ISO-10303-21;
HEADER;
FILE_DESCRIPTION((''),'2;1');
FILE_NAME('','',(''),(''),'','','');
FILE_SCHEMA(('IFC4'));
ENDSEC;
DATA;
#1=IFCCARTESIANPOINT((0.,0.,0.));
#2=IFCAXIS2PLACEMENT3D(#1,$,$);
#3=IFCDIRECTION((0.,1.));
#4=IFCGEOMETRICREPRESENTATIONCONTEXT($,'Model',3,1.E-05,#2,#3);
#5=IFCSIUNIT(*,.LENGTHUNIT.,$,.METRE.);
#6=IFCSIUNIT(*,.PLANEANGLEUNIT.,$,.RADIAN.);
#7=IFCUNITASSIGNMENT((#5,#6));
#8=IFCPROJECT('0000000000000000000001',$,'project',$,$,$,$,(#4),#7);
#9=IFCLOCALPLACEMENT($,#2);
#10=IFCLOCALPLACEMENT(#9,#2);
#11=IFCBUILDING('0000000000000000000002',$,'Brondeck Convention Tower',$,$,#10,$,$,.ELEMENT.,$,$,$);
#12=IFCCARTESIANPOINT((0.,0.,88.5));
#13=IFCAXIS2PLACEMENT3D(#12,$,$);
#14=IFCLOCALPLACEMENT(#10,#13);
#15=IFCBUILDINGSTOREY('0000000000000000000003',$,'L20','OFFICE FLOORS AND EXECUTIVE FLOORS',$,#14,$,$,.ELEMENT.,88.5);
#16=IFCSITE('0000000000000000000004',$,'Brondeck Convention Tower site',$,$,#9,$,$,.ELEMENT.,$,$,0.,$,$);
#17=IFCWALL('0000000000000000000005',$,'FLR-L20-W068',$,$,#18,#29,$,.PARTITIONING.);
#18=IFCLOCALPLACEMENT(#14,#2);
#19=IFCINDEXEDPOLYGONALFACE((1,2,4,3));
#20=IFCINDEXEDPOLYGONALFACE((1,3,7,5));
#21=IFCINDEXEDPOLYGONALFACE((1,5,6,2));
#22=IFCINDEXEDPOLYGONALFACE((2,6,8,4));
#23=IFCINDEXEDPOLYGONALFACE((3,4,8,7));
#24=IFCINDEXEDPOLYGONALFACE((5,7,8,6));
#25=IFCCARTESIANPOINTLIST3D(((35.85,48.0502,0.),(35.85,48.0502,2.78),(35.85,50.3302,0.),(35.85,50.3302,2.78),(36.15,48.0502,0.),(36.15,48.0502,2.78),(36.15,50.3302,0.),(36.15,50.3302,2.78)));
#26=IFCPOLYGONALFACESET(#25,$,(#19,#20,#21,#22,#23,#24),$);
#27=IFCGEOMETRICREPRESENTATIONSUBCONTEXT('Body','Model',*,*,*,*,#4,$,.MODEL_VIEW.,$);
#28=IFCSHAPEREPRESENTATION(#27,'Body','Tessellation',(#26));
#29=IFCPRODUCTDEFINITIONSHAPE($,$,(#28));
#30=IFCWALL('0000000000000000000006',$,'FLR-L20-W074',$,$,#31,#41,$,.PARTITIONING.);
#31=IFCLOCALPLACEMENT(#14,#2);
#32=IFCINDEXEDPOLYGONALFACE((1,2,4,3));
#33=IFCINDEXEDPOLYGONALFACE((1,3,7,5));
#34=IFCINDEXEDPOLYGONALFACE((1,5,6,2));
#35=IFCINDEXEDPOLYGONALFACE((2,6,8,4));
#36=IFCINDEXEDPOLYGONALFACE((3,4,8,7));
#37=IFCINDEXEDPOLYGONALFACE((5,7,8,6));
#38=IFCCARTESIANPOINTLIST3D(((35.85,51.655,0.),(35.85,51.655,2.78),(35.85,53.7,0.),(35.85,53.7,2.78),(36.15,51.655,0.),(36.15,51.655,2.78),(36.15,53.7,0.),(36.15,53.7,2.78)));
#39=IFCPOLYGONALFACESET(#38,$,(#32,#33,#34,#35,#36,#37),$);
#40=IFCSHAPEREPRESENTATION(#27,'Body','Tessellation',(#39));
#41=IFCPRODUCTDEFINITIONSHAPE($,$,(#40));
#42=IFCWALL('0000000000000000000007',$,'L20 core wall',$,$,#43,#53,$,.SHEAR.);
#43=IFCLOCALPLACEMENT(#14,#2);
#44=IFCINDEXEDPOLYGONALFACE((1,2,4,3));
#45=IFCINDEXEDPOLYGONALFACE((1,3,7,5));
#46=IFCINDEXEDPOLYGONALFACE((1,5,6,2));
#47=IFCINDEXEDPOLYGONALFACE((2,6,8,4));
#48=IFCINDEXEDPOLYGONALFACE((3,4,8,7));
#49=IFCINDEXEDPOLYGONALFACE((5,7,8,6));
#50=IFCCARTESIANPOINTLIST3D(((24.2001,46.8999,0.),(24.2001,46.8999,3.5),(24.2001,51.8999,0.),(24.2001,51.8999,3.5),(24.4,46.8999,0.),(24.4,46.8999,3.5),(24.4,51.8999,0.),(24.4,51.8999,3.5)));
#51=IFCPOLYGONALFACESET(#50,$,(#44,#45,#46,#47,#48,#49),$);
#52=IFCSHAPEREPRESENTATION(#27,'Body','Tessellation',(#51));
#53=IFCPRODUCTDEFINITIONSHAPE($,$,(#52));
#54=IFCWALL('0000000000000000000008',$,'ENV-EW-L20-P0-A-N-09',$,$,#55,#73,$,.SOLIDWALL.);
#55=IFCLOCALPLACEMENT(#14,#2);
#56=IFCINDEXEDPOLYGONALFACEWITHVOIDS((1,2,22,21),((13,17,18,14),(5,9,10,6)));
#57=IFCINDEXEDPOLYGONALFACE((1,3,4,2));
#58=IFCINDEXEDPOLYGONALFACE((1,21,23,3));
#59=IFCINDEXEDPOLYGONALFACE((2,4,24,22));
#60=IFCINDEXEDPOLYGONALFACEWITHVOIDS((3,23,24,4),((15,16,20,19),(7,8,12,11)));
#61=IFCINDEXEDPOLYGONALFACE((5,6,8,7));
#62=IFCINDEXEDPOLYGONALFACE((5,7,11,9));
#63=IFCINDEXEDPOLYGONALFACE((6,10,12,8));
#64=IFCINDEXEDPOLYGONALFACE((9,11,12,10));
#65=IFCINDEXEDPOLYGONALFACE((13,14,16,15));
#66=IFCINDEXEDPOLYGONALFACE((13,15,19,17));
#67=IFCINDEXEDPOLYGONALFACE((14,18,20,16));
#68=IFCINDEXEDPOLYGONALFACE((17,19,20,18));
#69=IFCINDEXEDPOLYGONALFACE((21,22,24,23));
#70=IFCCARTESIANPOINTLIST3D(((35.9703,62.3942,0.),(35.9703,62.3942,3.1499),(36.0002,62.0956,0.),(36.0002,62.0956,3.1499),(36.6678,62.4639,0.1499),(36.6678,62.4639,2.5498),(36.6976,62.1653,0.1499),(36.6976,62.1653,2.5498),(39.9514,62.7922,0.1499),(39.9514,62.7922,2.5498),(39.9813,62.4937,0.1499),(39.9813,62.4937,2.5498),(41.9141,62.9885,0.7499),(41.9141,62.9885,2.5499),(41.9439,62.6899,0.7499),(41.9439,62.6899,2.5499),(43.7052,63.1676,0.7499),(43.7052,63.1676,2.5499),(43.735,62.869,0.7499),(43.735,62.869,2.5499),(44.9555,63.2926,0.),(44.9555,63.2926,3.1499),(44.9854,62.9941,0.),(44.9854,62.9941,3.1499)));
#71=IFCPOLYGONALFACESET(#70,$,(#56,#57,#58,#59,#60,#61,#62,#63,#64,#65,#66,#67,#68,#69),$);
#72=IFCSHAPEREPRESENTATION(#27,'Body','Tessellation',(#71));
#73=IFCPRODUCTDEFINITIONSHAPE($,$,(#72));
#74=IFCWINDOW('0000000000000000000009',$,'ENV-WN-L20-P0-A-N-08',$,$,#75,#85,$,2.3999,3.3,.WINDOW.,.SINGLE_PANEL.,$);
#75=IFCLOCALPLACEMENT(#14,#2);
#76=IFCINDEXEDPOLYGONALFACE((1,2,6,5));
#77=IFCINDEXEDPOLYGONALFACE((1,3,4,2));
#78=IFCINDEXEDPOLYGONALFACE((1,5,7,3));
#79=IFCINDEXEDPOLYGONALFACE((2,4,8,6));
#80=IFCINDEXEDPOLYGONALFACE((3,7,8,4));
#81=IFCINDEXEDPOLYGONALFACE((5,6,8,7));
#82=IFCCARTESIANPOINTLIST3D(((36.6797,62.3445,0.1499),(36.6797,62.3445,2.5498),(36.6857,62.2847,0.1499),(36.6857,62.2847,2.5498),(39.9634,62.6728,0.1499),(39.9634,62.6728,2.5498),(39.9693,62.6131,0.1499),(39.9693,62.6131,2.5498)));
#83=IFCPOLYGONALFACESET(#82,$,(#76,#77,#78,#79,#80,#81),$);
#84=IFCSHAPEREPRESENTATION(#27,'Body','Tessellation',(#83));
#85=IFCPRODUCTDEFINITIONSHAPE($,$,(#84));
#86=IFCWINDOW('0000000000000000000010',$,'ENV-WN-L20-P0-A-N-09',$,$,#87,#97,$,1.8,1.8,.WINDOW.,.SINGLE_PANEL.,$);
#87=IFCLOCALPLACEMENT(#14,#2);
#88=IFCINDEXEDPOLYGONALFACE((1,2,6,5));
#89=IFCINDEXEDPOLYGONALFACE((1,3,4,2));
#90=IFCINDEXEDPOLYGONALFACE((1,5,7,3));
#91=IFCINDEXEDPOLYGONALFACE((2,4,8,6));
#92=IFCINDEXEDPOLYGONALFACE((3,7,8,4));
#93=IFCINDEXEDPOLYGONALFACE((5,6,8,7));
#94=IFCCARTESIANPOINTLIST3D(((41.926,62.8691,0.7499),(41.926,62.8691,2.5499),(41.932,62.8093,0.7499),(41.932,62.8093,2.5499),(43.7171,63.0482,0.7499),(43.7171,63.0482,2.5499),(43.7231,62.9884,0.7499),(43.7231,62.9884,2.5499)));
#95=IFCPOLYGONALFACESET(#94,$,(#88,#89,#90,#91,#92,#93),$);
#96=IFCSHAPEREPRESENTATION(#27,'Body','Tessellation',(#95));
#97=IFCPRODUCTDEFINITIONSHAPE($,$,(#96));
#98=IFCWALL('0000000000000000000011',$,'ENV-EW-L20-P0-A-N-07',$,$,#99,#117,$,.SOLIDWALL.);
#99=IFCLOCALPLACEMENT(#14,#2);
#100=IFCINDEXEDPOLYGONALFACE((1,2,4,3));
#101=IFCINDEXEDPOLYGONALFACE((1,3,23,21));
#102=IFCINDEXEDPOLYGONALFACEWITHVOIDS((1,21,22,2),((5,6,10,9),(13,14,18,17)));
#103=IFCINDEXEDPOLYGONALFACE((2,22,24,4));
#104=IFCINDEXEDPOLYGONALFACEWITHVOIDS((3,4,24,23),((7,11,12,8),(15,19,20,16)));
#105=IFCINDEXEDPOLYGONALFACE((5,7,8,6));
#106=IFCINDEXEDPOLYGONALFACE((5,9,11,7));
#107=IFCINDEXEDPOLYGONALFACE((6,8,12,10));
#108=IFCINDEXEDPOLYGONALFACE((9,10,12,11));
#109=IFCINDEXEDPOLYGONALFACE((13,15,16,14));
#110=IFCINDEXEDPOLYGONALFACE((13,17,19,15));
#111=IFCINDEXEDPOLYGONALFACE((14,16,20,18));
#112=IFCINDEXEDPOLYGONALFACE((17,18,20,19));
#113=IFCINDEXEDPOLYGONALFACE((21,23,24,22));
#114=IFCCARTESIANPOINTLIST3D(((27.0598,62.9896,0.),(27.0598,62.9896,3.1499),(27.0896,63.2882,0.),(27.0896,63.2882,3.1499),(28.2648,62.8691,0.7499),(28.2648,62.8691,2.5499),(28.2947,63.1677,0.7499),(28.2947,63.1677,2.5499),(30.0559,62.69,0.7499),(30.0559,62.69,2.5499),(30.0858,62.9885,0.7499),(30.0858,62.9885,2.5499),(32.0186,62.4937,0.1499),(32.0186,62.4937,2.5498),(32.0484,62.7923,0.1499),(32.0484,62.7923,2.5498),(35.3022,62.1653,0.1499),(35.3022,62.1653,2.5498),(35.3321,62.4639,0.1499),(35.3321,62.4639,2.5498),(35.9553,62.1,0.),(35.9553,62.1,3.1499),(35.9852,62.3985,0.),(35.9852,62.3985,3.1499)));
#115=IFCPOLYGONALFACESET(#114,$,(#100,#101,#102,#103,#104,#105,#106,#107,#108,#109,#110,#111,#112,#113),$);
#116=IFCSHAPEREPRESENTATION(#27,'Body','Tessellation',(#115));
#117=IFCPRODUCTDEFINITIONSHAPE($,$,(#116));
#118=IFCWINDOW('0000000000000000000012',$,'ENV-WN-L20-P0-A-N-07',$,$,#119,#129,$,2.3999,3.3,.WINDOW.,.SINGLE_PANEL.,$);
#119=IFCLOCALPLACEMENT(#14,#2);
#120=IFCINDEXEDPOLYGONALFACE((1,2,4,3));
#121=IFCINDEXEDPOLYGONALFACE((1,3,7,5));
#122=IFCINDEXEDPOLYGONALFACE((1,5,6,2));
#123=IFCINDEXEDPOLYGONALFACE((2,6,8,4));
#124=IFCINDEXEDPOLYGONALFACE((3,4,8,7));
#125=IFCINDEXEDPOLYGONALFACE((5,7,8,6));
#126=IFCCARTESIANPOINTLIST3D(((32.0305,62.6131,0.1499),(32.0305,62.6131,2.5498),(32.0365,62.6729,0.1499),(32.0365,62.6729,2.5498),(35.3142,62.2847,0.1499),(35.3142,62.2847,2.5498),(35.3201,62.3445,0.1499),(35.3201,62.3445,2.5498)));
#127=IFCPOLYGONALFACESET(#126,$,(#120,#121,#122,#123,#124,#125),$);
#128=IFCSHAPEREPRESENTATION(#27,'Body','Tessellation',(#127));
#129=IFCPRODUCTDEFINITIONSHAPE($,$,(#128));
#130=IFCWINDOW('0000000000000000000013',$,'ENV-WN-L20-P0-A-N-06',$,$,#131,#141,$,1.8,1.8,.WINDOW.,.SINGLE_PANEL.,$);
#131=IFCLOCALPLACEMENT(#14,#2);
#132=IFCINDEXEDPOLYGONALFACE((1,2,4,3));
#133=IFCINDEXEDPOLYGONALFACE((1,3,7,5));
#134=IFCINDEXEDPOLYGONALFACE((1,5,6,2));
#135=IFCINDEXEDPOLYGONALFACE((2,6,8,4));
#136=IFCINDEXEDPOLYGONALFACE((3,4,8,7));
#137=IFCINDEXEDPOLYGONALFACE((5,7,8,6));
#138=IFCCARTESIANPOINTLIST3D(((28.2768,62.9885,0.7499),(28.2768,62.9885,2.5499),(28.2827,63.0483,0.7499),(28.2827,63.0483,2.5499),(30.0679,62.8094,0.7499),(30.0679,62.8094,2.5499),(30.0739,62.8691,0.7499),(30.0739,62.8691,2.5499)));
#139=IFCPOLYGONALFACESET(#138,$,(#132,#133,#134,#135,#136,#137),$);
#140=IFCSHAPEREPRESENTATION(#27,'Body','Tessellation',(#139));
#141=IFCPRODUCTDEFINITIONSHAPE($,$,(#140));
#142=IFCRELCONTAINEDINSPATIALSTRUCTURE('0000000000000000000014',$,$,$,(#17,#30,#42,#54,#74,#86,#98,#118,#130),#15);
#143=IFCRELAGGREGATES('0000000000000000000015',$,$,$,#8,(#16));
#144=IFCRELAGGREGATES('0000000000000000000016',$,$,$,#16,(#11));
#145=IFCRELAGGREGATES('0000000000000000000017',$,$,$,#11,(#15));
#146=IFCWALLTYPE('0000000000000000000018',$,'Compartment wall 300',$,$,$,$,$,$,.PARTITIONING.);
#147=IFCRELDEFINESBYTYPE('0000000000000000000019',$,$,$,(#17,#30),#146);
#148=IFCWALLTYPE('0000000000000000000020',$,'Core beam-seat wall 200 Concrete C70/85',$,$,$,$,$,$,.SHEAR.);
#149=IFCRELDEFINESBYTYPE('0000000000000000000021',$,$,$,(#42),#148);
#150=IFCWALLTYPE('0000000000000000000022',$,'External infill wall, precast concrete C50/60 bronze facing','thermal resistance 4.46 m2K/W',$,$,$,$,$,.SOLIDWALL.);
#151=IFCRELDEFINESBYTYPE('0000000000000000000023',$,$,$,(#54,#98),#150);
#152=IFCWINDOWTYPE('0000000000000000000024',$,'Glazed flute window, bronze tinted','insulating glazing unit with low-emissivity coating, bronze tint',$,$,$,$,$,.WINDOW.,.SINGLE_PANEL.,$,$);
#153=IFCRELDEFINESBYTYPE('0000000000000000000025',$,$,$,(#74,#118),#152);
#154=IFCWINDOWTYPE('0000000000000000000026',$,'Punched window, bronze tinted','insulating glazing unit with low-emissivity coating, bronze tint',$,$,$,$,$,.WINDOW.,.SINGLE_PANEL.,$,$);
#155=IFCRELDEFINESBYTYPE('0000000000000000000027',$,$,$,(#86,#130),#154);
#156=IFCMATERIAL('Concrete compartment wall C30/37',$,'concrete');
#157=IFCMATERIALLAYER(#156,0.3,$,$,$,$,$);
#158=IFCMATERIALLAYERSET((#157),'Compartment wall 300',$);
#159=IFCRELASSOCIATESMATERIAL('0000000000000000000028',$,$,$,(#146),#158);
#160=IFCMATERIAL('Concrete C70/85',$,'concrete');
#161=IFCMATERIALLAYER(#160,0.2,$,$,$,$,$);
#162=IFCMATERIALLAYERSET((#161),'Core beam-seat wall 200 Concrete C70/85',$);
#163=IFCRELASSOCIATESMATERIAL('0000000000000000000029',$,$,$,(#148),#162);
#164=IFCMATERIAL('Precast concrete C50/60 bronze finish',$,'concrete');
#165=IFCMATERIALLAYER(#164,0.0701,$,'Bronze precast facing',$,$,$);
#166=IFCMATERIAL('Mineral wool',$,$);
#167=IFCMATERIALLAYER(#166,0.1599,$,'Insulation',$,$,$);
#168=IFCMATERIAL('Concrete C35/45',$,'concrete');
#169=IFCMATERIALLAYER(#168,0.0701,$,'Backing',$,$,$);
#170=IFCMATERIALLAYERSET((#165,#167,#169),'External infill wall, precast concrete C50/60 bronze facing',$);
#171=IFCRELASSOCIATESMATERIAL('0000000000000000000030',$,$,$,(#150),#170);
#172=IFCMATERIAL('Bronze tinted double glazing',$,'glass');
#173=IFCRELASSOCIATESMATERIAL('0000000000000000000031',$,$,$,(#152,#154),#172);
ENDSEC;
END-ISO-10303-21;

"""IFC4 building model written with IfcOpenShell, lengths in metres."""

from ifc_helpers import new_model, si_unit, direction, frame, frame_2d, origin, place, context, subcontext, project, spatial, rectangle, extrude, material, layer, layer_set, type_object, element, fill, save


model = new_model("IFC4")

# Units and contexts
model_context = context("Model", 3, precision=1e-05, world=origin(), true_north=direction((0.0, 1.0)))
body_context = subcontext(model_context, "Body", "Model", "MODEL_VIEW")
ifc_project = project(units=[si_unit("LENGTHUNIT", "METRE"), si_unit("PLANEANGLEUNIT", "RADIAN")], contexts=[model_context])

# Site, building, storey
site_placement = place(None, origin())
site = spatial("IfcSite", under=ifc_project, at=site_placement, Name="Brondeck Convention Tower site", CompositionType="ELEMENT", RefElevation=0.0)
building_placement = place(site_placement, origin())
building = spatial("IfcBuilding", under=site, at=building_placement, Name="Brondeck Convention Tower", CompositionType="ELEMENT")
storey_placement = place(building_placement, frame((0.0, 0.0, 88.5)))
storey = spatial("IfcBuildingStorey", under=building, at=storey_placement, Name="L20", Description="OFFICE FLOORS AND EXECUTIVE FLOORS", CompositionType="ELEMENT", Elevation=88.5)

# Shared definitions
ifc_material_1 = material(Name="Concrete C70/85", Category="concrete")

# Walls
ifc_material_2 = material(Name="Concrete compartment wall C30/37", Category="concrete")
ifc_layer_1 = layer(ifc_material_2, 0.3)
ifc_layer_set_1 = layer_set([ifc_layer_1], Name="Compartment wall 300")
wall_type_1 = type_object("IfcWallType", Name="Compartment wall 300", PredefinedType="PARTITIONING", material=ifc_layer_set_1)
wall_1_placement = place(storey_placement, frame((36.0, 48.05, 0.0), z_axis=(0.0, 0.0, 1.0), x_axis=(0.0, 1.0, 0.0)))
element("IfcWall", 1, at=wall_1_placement, inside=storey, type_object=wall_type_1, Name="FLR-L20-W068", PredefinedType="PARTITIONING", context=body_context, shape_type="SweptSolid", body=[
    extrude(rectangle(XDim=2.28, YDim=0.3, at=frame_2d((1.1401, 0.0))), origin(), (0.0, 0.0, 1.0), 2.78),
])
wall_2_placement = place(storey_placement, frame((36.0, 51.655, 0.0), z_axis=(0.0, 0.0, 1.0), x_axis=(0.0, 1.0, 0.0)))
element("IfcWall", 2, at=wall_2_placement, inside=storey, type_object=wall_type_1, Name="FLR-L20-W074", PredefinedType="PARTITIONING", context=body_context, shape_type="SweptSolid", body=[
    extrude(rectangle(XDim=2.0449, YDim=0.3, at=frame_2d((1.0225, 0.0))), origin(), (0.0, 0.0, 1.0), 2.78),
])
ifc_layer_2 = layer(ifc_material_1, 0.2)
ifc_layer_set_2 = layer_set([ifc_layer_2], Name="Core beam-seat wall 200 Concrete C70/85")
wall_type_2 = type_object("IfcWallType", Name="Core beam-seat wall 200 Concrete C70/85", PredefinedType="SHEAR", material=ifc_layer_set_2)
wall_3_placement = place(storey_placement, frame((24.3, 46.8999, 0.0), z_axis=(0.0, 0.0, 1.0), x_axis=(0.0, 1.0, 0.0)))
element("IfcWall", 3, at=wall_3_placement, inside=storey, type_object=wall_type_2, Name="L20 core wall", PredefinedType="SHEAR", context=body_context, shape_type="SweptSolid", body=[
    extrude(rectangle(XDim=5.0, YDim=0.2, at=frame_2d((2.5, 0.0))), origin(), (0.0, 0.0, 1.0), 3.5),
])

# Walls, openings, windows
ifc_material_3 = material(Name="Precast concrete C50/60 bronze finish", Category="concrete")
ifc_layer_3 = layer(ifc_material_3, 0.0701, Name="Bronze precast facing")
ifc_material_4 = material(Name="Mineral wool")
ifc_layer_4 = layer(ifc_material_4, 0.1599, Name="Insulation")
ifc_material_5 = material(Name="Concrete C35/45", Category="concrete")
ifc_layer_5 = layer(ifc_material_5, 0.0701, Name="Backing")
ifc_layer_set_3 = layer_set([ifc_layer_3, ifc_layer_4, ifc_layer_5], Name="External infill wall, precast concrete C50/60 bronze facing")
wall_type_3 = type_object("IfcWallType", Name="External infill wall, precast concrete C50/60 bronze facing", Description="thermal resistance 4.46 m2K/W", PredefinedType="SOLIDWALL", material=ifc_layer_set_3)
wall_4_placement = place(storey_placement, frame((35.9851, 62.2449, 0.0), z_axis=(0.0, 0.0, 1.0), x_axis=(0.995038, 0.099496, 0.0)))
wall_4 = element("IfcWall", 4, at=wall_4_placement, inside=storey, type_object=wall_type_3, Name="ENV-EW-L20-P0-A-N-09", PredefinedType="SOLIDWALL", context=body_context, shape_type="SweptSolid", body=[
    extrude(rectangle(XDim=9.03, YDim=0.3, at=frame_2d((4.5151, 0.0))), origin(), (0.0, 0.0, 1.0), 3.1499),
])
opening_1_placement = place(wall_4_placement, frame((0.7012, 0.0, 0.1499)))
opening_1 = element("IfcOpeningElement", 5, at=opening_1_placement, cuts=wall_4, PredefinedType="OPENING", context=body_context, shape_type="SweptSolid", body=[
    extrude(rectangle(XDim=3.3, YDim=2.3999, at=frame_2d((1.6499, 1.2))), frame((0.0, 0.1599, 0.0), z_axis=(0.0, -1.0, 0.0), x_axis=(1.0, 0.0, 0.0)), (0.0, 0.0, 1.0), 0.3201),
])
opening_2_placement = place(wall_4_placement, frame((5.9736, 0.0, 0.75)))
opening_2 = element("IfcOpeningElement", 6, at=opening_2_placement, cuts=wall_4, PredefinedType="OPENING", context=body_context, shape_type="SweptSolid", body=[
    extrude(rectangle(XDim=1.8, YDim=1.8, at=frame_2d((0.8999, 0.8999))), frame((0.0, 0.1599, 0.0), z_axis=(0.0, -1.0, 0.0), x_axis=(1.0, 0.0, 0.0)), (0.0, 0.0, 1.0), 0.3201),
])
ifc_material_6 = material(Name="Bronze tinted double glazing", Category="glass")
window_type_1 = type_object("IfcWindowType", Name="Glazed flute window, bronze tinted", Description="insulating glazing unit with low-emissivity coating, bronze tint", PartitioningType="SINGLE_PANEL", PredefinedType="WINDOW", material=ifc_material_6)
window_1_placement = place(opening_1_placement, origin())
window_1 = element("IfcWindow", 7, at=window_1_placement, inside=storey, type_object=window_type_1, Name="ENV-WN-L20-P0-A-N-08", OverallHeight=2.3999, OverallWidth=3.3, PartitioningType="SINGLE_PANEL", PredefinedType="WINDOW", context=body_context, shape_type="SweptSolid", body=[
    extrude(rectangle(XDim=3.3, YDim=2.3999, at=frame_2d((1.6499, 1.2))), frame((0.0, 0.03, 0.0), z_axis=(0.0, -1.0, 0.0), x_axis=(1.0, 0.0, 0.0)), (0.0, 0.0, 1.0), 0.0601),
])
fill(opening_1, window_1)
window_type_2 = type_object("IfcWindowType", Name="Punched window, bronze tinted", Description="insulating glazing unit with low-emissivity coating, bronze tint", PartitioningType="SINGLE_PANEL", PredefinedType="WINDOW", material=ifc_material_6)
window_2_placement = place(opening_2_placement, origin())
window_2 = element("IfcWindow", 8, at=window_2_placement, inside=storey, type_object=window_type_2, Name="ENV-WN-L20-P0-A-N-09", OverallHeight=1.8, OverallWidth=1.8, PartitioningType="SINGLE_PANEL", PredefinedType="WINDOW", context=body_context, shape_type="SweptSolid", body=[
    extrude(rectangle(XDim=1.8, YDim=1.8, at=frame_2d((0.8999, 0.8999))), frame((0.0, 0.03, 0.0), z_axis=(0.0, -1.0, 0.0), x_axis=(1.0, 0.0, 0.0)), (0.0, 0.0, 1.0), 0.0601),
])
fill(opening_2, window_2)
wall_5_placement = place(storey_placement, frame((27.0747, 63.1389, 0.0), z_axis=(0.0, 0.0, 1.0), x_axis=(0.995036, -0.099515, 0.0)))
wall_5 = element("IfcWall", 9, at=wall_5_placement, inside=storey, type_object=wall_type_3, Name="ENV-EW-L20-P0-A-N-07", PredefinedType="SOLIDWALL", context=body_context, shape_type="SweptSolid", body=[
    extrude(rectangle(XDim=8.9399, YDim=0.3, at=frame_2d((4.47, 0.0))), origin(), (0.0, 0.0, 1.0), 3.1499),
])
opening_3_placement = place(wall_5_placement, frame((1.2112, 0.0, 0.75)))
opening_3 = element("IfcOpeningElement", 10, at=opening_3_placement, cuts=wall_5, PredefinedType="OPENING", context=body_context, shape_type="SweptSolid", body=[
    extrude(rectangle(XDim=1.8, YDim=1.8, at=frame_2d((0.8999, 0.8999))), frame((0.0, 0.1599, 0.0), z_axis=(0.0, -1.0, 0.0), x_axis=(1.0, 0.0, 0.0)), (0.0, 0.0, 1.0), 0.3201),
])
opening_4_placement = place(wall_5_placement, frame((4.9836, 0.0, 0.1499)))
opening_4 = element("IfcOpeningElement", 11, at=opening_4_placement, cuts=wall_5, PredefinedType="OPENING", context=body_context, shape_type="SweptSolid", body=[
    extrude(rectangle(XDim=3.3, YDim=2.3999, at=frame_2d((1.6499, 1.2))), frame((0.0, 0.1599, 0.0), z_axis=(0.0, -1.0, 0.0), x_axis=(1.0, 0.0, 0.0)), (0.0, 0.0, 1.0), 0.3201),
])
window_3_placement = place(opening_4_placement, origin())
window_3 = element("IfcWindow", 12, at=window_3_placement, inside=storey, type_object=window_type_1, Name="ENV-WN-L20-P0-A-N-07", OverallHeight=2.3999, OverallWidth=3.3, PartitioningType="SINGLE_PANEL", PredefinedType="WINDOW", context=body_context, shape_type="SweptSolid", body=[
    extrude(rectangle(XDim=3.3, YDim=2.3999, at=frame_2d((1.6499, 1.2))), frame((0.0, 0.03, 0.0), z_axis=(0.0, -1.0, 0.0), x_axis=(1.0, 0.0, 0.0)), (0.0, 0.0, 1.0), 0.0601),
])
fill(opening_4, window_3)
window_4_placement = place(opening_3_placement, origin())
window_4 = element("IfcWindow", 13, at=window_4_placement, inside=storey, type_object=window_type_2, Name="ENV-WN-L20-P0-A-N-06", OverallHeight=1.8, OverallWidth=1.8, PartitioningType="SINGLE_PANEL", PredefinedType="WINDOW", context=body_context, shape_type="SweptSolid", body=[
    extrude(rectangle(XDim=1.8, YDim=1.8, at=frame_2d((0.8999, 0.8999))), frame((0.0, 0.03, 0.0), z_axis=(0.0, -1.0, 0.0), x_axis=(1.0, 0.0, 0.0)), (0.0, 0.0, 1.0), 0.0601),
])
fill(opening_3, window_4)

save(model, "model.ifc")
